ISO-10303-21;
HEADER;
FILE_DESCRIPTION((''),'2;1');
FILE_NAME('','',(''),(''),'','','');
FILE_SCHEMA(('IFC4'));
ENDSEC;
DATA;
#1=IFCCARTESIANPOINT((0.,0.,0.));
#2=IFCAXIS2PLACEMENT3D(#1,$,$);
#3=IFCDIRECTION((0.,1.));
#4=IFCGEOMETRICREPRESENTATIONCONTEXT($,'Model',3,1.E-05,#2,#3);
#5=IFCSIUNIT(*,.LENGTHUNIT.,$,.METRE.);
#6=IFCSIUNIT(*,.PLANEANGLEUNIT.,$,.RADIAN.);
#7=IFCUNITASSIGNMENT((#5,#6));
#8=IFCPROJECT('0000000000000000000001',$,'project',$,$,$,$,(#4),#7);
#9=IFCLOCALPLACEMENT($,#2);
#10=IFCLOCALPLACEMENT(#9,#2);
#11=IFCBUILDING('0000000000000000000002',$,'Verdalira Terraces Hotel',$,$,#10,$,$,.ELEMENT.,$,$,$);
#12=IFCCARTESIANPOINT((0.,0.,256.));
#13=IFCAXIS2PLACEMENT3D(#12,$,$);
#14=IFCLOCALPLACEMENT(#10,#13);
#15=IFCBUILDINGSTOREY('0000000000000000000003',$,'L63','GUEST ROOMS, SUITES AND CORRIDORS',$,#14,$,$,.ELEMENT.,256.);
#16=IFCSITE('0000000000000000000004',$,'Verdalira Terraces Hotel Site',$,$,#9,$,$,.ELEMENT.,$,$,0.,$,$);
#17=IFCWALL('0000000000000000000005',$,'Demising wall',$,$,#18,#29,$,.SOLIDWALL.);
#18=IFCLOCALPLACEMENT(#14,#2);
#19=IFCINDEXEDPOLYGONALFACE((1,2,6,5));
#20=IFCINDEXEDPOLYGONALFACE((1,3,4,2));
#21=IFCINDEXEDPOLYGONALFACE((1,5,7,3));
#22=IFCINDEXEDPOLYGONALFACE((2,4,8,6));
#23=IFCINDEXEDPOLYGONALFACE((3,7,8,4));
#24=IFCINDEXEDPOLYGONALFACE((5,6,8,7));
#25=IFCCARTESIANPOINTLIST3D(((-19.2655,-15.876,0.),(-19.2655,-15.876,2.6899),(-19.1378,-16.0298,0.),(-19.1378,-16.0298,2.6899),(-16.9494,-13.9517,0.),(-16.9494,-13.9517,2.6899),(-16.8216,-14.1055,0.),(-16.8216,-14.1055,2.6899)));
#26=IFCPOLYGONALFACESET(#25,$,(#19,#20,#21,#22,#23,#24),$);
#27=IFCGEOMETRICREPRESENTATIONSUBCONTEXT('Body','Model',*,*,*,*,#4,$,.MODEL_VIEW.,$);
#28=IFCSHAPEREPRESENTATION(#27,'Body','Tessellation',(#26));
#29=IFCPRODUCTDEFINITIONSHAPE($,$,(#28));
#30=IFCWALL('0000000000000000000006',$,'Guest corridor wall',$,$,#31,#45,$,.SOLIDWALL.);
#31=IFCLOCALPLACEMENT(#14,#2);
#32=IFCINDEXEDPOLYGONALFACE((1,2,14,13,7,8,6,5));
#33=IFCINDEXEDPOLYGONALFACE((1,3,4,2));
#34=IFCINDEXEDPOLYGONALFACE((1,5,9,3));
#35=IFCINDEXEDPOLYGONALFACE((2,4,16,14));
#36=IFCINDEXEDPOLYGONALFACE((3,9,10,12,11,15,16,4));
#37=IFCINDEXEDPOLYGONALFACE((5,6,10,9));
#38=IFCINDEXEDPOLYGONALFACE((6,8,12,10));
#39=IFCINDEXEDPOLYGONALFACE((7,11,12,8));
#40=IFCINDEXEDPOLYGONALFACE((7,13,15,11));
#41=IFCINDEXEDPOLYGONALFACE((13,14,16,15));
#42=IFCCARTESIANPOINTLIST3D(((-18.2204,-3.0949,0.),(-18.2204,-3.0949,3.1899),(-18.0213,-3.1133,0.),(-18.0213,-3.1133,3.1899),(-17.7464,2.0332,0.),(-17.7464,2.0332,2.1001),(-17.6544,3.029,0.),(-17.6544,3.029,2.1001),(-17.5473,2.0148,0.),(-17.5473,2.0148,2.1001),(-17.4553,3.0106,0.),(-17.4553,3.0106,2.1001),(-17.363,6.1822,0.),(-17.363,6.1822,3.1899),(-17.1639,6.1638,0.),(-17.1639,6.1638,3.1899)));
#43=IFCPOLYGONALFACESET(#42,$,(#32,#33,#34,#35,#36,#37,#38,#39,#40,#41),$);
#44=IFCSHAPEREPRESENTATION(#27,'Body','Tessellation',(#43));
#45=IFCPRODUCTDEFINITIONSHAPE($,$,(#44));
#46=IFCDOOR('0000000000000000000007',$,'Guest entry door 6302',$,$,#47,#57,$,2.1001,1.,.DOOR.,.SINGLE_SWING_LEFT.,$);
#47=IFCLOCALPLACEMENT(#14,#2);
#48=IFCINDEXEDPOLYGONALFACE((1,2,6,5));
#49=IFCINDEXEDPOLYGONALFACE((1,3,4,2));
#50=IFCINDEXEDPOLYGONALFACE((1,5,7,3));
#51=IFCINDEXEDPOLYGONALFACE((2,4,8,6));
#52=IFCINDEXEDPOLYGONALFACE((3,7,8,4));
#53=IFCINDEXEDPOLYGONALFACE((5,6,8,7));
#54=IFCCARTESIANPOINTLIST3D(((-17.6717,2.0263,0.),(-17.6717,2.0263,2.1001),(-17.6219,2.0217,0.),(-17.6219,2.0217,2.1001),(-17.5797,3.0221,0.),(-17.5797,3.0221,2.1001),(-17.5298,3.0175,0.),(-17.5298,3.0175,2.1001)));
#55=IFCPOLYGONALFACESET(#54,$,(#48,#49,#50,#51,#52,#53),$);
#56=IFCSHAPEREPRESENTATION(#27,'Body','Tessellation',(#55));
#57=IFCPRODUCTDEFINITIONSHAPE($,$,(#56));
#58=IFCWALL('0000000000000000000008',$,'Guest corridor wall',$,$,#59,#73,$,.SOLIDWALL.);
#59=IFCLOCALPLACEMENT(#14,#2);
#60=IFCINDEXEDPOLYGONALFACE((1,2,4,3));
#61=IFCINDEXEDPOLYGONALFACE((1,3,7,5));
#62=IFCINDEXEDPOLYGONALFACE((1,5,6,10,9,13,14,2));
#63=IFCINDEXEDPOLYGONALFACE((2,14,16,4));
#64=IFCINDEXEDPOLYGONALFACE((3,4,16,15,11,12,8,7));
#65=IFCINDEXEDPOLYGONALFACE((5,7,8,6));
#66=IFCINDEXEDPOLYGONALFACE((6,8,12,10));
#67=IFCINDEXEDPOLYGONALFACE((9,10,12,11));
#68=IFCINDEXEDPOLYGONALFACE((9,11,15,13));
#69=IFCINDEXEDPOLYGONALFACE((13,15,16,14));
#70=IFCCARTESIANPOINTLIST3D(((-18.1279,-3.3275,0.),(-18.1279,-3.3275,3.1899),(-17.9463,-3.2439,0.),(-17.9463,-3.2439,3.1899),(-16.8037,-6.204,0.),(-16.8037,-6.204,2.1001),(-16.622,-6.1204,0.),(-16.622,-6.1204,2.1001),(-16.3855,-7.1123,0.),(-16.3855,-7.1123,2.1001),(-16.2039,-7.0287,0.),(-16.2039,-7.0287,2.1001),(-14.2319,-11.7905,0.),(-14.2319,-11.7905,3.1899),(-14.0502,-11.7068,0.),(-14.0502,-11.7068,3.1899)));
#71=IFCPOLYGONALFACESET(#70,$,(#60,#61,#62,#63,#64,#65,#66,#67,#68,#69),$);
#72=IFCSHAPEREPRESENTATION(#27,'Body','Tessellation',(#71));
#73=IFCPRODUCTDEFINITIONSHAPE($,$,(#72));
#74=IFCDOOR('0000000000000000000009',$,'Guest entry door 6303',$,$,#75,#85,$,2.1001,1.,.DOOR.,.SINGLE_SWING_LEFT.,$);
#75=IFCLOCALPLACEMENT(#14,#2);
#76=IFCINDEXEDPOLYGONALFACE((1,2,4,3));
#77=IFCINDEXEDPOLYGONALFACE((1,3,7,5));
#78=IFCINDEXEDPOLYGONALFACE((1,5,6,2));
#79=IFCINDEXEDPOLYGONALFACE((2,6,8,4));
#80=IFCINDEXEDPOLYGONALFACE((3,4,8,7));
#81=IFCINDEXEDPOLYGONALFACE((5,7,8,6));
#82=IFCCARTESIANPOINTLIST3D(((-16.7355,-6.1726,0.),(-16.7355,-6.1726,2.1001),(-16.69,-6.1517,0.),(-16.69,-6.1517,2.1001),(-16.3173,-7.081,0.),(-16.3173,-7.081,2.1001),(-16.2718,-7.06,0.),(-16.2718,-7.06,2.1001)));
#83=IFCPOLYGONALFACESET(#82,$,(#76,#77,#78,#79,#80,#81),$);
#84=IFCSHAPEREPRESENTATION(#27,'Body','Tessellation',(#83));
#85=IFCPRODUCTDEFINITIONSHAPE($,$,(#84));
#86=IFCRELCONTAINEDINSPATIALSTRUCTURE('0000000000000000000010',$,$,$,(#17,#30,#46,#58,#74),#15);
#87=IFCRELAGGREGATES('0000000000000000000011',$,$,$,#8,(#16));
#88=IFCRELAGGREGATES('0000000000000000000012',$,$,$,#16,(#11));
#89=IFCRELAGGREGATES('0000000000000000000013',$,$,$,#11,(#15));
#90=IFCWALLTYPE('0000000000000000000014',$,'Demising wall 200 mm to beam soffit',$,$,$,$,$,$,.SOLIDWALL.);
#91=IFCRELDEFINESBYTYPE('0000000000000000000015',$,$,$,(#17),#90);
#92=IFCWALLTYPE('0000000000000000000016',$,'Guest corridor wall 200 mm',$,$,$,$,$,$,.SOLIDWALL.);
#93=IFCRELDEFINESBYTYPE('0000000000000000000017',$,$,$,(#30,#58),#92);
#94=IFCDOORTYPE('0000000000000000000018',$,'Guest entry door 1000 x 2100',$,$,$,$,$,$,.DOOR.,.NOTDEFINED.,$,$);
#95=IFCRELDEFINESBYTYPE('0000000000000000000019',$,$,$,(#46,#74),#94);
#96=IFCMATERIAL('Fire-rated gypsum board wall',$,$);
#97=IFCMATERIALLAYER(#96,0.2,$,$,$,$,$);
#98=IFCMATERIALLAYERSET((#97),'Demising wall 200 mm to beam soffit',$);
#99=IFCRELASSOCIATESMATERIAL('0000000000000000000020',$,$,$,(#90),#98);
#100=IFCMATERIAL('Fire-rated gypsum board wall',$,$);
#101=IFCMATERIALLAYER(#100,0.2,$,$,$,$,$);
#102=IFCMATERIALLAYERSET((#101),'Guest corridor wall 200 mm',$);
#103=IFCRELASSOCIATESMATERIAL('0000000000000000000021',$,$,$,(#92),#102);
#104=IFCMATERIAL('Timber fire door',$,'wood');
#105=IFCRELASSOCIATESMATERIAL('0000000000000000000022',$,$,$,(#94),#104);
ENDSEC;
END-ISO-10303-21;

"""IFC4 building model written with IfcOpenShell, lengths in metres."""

from ifc_helpers import new_model, si_unit, direction, frame, frame_2d, origin, place, context, subcontext, project, spatial, rectangle, extrude, material, layer, layer_set, type_object, element, fill, save


model = new_model("IFC4")

# Units and contexts
model_context = context("Model", 3, precision=1e-05, world=origin(), true_north=direction((0.0, 1.0)))
body_context = subcontext(model_context, "Body", "Model", "MODEL_VIEW")
ifc_project = project(units=[si_unit("LENGTHUNIT", "METRE"), si_unit("PLANEANGLEUNIT", "RADIAN")], contexts=[model_context])

# Site, building, storey
site_placement = place(None, origin())
site = spatial("IfcSite", under=ifc_project, at=site_placement, Name="Verdalira Terraces Hotel Site", CompositionType="ELEMENT", RefElevation=0.0)
building_placement = place(site_placement, origin())
building = spatial("IfcBuilding", under=site, at=building_placement, Name="Verdalira Terraces Hotel", CompositionType="ELEMENT")
storey_placement = place(building_placement, frame((0.0, 0.0, 256.0)))
storey = spatial("IfcBuildingStorey", under=building, at=storey_placement, Name="L63", Description="GUEST ROOMS, SUITES AND CORRIDORS", CompositionType="ELEMENT", Elevation=256.0)

# Wall
ifc_material_1 = material(Name="Fire-rated gypsum board wall")
ifc_layer_1 = layer(ifc_material_1, 0.2)
ifc_layer_set_1 = layer_set([ifc_layer_1], Name="Demising wall 200 mm to beam soffit")
wall_type_1 = type_object("IfcWallType", Name="Demising wall 200 mm to beam soffit", PredefinedType="SOLIDWALL", material=ifc_layer_set_1)
wall_1_placement = place(storey_placement, frame((-16.8855, -14.0286, 0.0), z_axis=(0.0, 0.0, 1.0), x_axis=(-0.769171, -0.639043, 0.0)))
element("IfcWall", 1, at=wall_1_placement, inside=storey, type_object=wall_type_1, Name="Demising wall", PredefinedType="SOLIDWALL", context=body_context, shape_type="SweptSolid", body=[
    extrude(rectangle(XDim=3.0112, YDim=0.2, at=frame_2d((1.5056, 0.0))), origin(), (0.0, 0.0, 1.0), 2.6899),
])

# Walls, openings, doors
ifc_material_2 = material(Name="Fire-rated gypsum board wall")
ifc_layer_2 = layer(ifc_material_2, 0.2)
ifc_layer_set_2 = layer_set([ifc_layer_2], Name="Guest corridor wall 200 mm")
wall_type_2 = type_object("IfcWallType", Name="Guest corridor wall 200 mm", PredefinedType="SOLIDWALL", material=ifc_layer_set_2)
wall_2_placement = place(storey_placement, frame((-18.1209, -3.104, 0.0), z_axis=(0.0, 0.0, 1.0), x_axis=(0.092031, 0.995756, 0.0)))
wall_2 = element("IfcWall", 2, at=wall_2_placement, inside=storey, type_object=wall_type_2, Name="Guest corridor wall", PredefinedType="SOLIDWALL", context=body_context, shape_type="SweptSolid", body=[
    extrude(rectangle(XDim=9.3166, YDim=0.2, at=frame_2d((4.6582, 0.0))), origin(), (0.0, 0.0, 1.0), 3.1899),
])
opening_1_placement = place(wall_2_placement, frame((5.1499, 0.0, 0.0)))
opening_1 = element("IfcOpeningElement", 3, at=opening_1_placement, cuts=wall_2, PredefinedType="OPENING", context=body_context, shape_type="SweptSolid", body=[
    extrude(rectangle(XDim=1.0, YDim=2.1001, at=frame_2d((0.5, 1.05))), frame((0.0, 0.1099, 0.0), z_axis=(0.0, -1.0, 0.0), x_axis=(1.0, 0.0, 0.0)), (0.0, 0.0, 1.0), 0.22),
])
ifc_material_3 = material(Name="Timber fire door", Category="wood")
door_type_1 = type_object("IfcDoorType", Name="Guest entry door 1000 x 2100", OperationType="NOTDEFINED", PredefinedType="DOOR", material=ifc_material_3)
door_1_placement = place(opening_1_placement, origin())
door_1 = element("IfcDoor", 4, at=door_1_placement, inside=storey, type_object=door_type_1, Name="Guest entry door 6302", OperationType="SINGLE_SWING_LEFT", OverallHeight=2.1001, OverallWidth=1.0, PredefinedType="DOOR", context=body_context, shape_type="SweptSolid", body=[
    extrude(rectangle(XDim=1.0, YDim=2.1001, at=frame_2d((0.5, 1.05))), frame((0.0, 0.0249, 0.0), z_axis=(0.0, -1.0, 0.0), x_axis=(1.0, 0.0, 0.0)), (0.0, 0.0, 1.0), 0.05),
])
fill(opening_1, door_1)
wall_3_placement = place(storey_placement, frame((-14.1411, -11.7485, 0.0), z_axis=(0.0, 0.0, 1.0), x_axis=(-0.418177, 0.908365, 0.0)))
wall_3 = element("IfcWall", 5, at=wall_3_placement, inside=storey, type_object=wall_type_2, Name="Guest corridor wall", PredefinedType="SOLIDWALL", context=body_context, shape_type="SweptSolid", body=[
    extrude(rectangle(XDim=9.3166, YDim=0.2, at=frame_2d((4.6582, 0.0))), origin(), (0.0, 0.0, 1.0), 3.1899),
])
opening_2_placement = place(wall_3_placement, frame((5.1499, 0.0, 0.0)))
opening_2 = element("IfcOpeningElement", 6, at=opening_2_placement, cuts=wall_3, PredefinedType="OPENING", context=body_context, shape_type="SweptSolid", body=[
    extrude(rectangle(XDim=1.0, YDim=2.1001, at=frame_2d((0.5, 1.05))), frame((0.0, 0.1099, 0.0), z_axis=(0.0, -1.0, 0.0), x_axis=(1.0, 0.0, 0.0)), (0.0, 0.0, 1.0), 0.22),
])
door_2_placement = place(opening_2_placement, origin())
door_2 = element("IfcDoor", 7, at=door_2_placement, inside=storey, type_object=door_type_1, Name="Guest entry door 6303", OperationType="SINGLE_SWING_LEFT", OverallHeight=2.1001, OverallWidth=1.0, PredefinedType="DOOR", context=body_context, shape_type="SweptSolid", body=[
    extrude(rectangle(XDim=1.0, YDim=2.1001, at=frame_2d((0.5, 1.05))), frame((0.0, 0.0249, 0.0), z_axis=(0.0, -1.0, 0.0), x_axis=(1.0, 0.0, 0.0)), (0.0, 0.0, 1.0), 0.05),
])
fill(opening_2, door_2)

save(model, "model.ifc")
